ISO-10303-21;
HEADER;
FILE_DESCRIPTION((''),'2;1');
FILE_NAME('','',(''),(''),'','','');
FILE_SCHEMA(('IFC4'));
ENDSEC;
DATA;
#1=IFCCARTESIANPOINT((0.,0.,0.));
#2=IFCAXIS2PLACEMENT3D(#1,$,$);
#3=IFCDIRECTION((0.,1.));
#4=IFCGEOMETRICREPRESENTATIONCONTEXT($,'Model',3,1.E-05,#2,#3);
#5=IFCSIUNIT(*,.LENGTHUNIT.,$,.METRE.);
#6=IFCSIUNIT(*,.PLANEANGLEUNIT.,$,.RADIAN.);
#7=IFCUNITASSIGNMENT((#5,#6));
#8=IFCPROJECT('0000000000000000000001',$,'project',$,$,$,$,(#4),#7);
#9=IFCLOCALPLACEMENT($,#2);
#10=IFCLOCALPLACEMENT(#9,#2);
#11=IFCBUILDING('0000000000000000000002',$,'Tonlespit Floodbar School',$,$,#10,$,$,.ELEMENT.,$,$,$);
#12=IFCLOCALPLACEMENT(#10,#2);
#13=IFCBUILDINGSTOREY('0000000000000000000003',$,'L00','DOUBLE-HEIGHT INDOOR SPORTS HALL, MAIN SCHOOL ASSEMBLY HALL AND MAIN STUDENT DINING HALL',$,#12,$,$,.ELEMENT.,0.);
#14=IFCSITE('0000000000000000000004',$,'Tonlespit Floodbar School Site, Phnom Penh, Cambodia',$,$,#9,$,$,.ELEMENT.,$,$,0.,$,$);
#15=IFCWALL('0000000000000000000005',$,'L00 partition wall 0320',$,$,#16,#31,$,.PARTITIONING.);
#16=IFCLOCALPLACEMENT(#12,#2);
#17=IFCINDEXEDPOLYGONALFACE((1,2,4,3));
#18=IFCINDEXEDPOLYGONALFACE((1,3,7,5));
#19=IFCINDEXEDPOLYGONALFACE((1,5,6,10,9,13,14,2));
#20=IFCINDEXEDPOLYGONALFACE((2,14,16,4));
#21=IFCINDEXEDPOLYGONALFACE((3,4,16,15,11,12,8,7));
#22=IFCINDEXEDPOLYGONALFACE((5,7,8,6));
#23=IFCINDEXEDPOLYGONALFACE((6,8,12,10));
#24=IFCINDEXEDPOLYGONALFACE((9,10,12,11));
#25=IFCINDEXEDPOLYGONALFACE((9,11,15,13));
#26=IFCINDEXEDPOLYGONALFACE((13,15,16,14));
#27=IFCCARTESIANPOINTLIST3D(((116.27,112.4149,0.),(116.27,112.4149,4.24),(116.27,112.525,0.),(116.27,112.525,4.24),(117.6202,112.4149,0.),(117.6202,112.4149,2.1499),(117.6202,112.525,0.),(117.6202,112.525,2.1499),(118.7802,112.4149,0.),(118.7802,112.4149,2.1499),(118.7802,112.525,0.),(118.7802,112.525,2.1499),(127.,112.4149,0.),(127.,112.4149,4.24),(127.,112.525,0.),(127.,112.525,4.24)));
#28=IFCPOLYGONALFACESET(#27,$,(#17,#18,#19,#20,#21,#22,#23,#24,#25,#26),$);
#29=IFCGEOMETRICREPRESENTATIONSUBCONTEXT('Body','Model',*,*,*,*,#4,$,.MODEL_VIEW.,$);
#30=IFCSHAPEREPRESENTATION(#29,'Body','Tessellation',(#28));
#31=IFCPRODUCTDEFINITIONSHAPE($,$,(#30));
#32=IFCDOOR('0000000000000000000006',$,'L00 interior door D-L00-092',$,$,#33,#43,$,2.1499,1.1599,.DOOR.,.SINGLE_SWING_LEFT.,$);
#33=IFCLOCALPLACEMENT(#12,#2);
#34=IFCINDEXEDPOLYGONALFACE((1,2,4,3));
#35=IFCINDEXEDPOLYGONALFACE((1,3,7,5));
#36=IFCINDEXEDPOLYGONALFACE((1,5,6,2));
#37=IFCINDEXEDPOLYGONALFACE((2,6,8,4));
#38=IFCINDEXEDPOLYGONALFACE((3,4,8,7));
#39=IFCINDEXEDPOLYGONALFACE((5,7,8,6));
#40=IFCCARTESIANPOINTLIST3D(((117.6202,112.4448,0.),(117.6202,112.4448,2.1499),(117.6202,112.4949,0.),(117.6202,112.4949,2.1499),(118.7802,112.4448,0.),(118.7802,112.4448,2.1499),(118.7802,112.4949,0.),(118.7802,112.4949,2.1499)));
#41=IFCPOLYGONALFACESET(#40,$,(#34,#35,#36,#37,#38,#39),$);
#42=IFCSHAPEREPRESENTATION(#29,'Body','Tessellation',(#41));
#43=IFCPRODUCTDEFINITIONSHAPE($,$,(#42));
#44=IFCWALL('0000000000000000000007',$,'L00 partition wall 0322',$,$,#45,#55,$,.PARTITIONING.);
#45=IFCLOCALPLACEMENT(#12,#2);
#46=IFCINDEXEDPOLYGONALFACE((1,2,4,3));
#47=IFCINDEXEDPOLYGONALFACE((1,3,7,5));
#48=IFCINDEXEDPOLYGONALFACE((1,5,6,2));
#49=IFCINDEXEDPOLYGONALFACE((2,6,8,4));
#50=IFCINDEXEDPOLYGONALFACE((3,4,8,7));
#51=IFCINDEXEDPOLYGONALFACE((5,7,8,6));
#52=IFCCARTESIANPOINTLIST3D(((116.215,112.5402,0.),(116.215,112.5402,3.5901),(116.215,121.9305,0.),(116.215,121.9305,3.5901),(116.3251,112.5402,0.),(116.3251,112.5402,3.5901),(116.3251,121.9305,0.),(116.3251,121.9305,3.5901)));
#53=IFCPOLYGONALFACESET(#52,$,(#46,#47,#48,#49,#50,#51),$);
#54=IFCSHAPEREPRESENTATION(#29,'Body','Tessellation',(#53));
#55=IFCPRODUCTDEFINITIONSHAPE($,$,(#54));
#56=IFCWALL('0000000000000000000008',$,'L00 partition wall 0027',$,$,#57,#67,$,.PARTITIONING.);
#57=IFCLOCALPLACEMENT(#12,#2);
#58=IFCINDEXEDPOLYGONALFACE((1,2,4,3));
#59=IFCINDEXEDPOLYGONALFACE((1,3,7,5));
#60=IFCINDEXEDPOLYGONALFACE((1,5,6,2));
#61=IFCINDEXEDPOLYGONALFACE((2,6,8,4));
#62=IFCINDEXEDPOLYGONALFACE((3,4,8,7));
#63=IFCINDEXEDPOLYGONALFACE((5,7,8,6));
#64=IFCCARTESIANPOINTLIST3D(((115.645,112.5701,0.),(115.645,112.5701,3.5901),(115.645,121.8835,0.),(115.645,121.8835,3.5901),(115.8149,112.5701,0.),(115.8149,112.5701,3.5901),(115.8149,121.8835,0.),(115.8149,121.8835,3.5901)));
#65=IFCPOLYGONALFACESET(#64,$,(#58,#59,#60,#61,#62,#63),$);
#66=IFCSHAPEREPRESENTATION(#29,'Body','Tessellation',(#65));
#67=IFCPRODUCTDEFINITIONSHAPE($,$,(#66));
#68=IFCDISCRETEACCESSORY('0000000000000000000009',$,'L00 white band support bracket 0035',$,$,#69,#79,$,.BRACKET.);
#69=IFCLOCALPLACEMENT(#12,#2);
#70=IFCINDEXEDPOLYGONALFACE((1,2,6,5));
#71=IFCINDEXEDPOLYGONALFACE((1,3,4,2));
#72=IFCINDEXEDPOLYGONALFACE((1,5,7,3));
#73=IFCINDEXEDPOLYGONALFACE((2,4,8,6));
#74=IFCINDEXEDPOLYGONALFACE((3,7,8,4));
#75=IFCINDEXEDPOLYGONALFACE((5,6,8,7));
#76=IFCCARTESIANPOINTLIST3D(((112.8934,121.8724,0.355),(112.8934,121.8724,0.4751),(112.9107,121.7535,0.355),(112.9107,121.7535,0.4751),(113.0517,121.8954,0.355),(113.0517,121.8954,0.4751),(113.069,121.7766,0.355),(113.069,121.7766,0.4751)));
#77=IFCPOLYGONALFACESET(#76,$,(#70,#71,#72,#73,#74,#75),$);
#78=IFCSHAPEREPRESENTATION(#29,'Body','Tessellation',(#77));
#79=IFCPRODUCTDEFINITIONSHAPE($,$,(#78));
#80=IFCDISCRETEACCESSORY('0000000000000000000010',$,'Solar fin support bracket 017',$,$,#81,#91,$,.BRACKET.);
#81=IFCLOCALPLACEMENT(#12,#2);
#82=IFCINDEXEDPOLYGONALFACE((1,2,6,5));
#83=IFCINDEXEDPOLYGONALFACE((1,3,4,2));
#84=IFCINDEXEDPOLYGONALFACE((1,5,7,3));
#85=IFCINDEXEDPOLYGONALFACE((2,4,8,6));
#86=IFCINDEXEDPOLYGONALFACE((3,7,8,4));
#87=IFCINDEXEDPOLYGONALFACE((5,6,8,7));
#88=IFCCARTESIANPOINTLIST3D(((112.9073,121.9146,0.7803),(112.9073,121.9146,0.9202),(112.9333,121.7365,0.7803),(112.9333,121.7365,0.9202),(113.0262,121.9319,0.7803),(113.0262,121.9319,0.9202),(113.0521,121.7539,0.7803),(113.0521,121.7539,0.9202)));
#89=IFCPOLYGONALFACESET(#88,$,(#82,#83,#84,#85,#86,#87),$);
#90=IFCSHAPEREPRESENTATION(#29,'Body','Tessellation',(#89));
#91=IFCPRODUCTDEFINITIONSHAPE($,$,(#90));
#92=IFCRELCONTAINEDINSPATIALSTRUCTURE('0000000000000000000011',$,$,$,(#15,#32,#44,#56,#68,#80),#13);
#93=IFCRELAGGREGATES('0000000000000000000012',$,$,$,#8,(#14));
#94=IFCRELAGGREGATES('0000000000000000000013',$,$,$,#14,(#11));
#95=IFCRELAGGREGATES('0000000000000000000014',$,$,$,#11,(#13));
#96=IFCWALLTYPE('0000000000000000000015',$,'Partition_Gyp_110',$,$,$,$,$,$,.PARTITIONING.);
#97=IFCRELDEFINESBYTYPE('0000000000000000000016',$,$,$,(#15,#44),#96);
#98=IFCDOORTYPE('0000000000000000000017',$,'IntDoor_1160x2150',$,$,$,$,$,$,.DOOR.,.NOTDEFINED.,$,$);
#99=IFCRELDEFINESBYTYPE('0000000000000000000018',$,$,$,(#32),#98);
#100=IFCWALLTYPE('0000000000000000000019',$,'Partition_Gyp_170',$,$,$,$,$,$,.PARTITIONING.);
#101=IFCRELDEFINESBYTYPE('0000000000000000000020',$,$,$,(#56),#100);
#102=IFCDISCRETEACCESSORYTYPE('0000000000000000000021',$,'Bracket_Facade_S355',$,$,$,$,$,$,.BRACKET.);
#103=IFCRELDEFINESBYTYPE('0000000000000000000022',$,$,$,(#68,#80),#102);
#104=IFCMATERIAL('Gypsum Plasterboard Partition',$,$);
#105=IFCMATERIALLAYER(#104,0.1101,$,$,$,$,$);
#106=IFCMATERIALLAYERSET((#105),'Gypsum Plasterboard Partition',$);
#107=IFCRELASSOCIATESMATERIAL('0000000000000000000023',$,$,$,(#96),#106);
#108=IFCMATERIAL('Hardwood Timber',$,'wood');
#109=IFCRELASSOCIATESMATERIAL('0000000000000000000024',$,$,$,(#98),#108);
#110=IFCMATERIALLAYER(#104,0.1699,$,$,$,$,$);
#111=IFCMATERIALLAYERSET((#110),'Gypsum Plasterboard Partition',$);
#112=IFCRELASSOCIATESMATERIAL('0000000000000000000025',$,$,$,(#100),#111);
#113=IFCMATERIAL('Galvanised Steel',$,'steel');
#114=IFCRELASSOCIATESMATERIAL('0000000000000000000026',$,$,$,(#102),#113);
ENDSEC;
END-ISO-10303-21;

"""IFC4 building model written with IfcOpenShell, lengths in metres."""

from ifc_helpers import new_model, si_unit, direction, frame, frame_2d, origin, origin_2d, place, context, subcontext, project, spatial, rectangle, extrude, material, layer, layer_set, type_object, element, fill, save


model = new_model("IFC4")

# Units and contexts
model_context = context("Model", 3, precision=1e-05, world=origin(), true_north=direction((0.0, 1.0)))
body_context = subcontext(model_context, "Body", "Model", "MODEL_VIEW")
ifc_project = project(units=[si_unit("LENGTHUNIT", "METRE"), si_unit("PLANEANGLEUNIT", "RADIAN")], contexts=[model_context])

# Site, building, storey
site_placement = place(None, origin())
site = spatial("IfcSite", under=ifc_project, at=site_placement, Name="Tonlespit Floodbar School Site, Phnom Penh, Cambodia", CompositionType="ELEMENT", RefElevation=0.0)
building_placement = place(site_placement, origin())
building = spatial("IfcBuilding", under=site, at=building_placement, Name="Tonlespit Floodbar School", CompositionType="ELEMENT")
storey_placement = place(building_placement, origin())
storey = spatial("IfcBuildingStorey", under=building, at=storey_placement, Name="L00", Description="DOUBLE-HEIGHT INDOOR SPORTS HALL, MAIN SCHOOL ASSEMBLY HALL AND MAIN STUDENT DINING HALL", CompositionType="ELEMENT", Elevation=0.0)

# Wall, opening, door
ifc_material_1 = material(Name="Gypsum Plasterboard Partition")
ifc_layer_1 = layer(ifc_material_1, 0.1101)
ifc_layer_set_1 = layer_set([ifc_layer_1], Name="Gypsum Plasterboard Partition")
wall_type_1 = type_object("IfcWallType", Name="Partition_Gyp_110", PredefinedType="PARTITIONING", material=ifc_layer_set_1)
wall_1_placement = place(storey_placement, frame((116.27, 112.47, 0.0), z_axis=(0.0, 0.0, 1.0), x_axis=(1.0, 0.0, 0.0)))
wall_1 = element("IfcWall", 1, at=wall_1_placement, inside=storey, type_object=wall_type_1, Name="L00 partition wall 0320", PredefinedType="PARTITIONING", context=body_context, shape_type="SweptSolid", body=[
    extrude(rectangle(XDim=10.73, YDim=0.1101, at=frame_2d((5.365, 0.0))), origin(), (0.0, 0.0, 1.0), 4.24),
])
opening_placement = place(wall_1_placement, frame((1.3501, 0.0, 0.0)))
opening = element("IfcOpeningElement", 2, at=opening_placement, cuts=wall_1, PredefinedType="OPENING", context=body_context, shape_type="SweptSolid", body=[
    extrude(rectangle(XDim=1.1599, YDim=2.1499, at=frame_2d((0.5801, 1.075))), frame((0.0, 0.0649, 0.0), z_axis=(0.0, -1.0, 0.0), x_axis=(1.0, 0.0, 0.0)), (0.0, 0.0, 1.0), 0.1301),
])
ifc_material_2 = material(Name="Hardwood Timber", Category="wood")
door_type = type_object("IfcDoorType", Name="IntDoor_1160x2150", OperationType="NOTDEFINED", PredefinedType="DOOR", material=ifc_material_2)
door_placement = place(opening_placement, origin())
door = element("IfcDoor", 3, at=door_placement, inside=storey, type_object=door_type, Name="L00 interior door D-L00-092", OperationType="SINGLE_SWING_LEFT", OverallHeight=2.1499, OverallWidth=1.1599, PredefinedType="DOOR", context=body_context, shape_type="SweptSolid", body=[
    extrude(rectangle(XDim=1.1599, YDim=2.1499, at=frame_2d((0.5801, 1.075))), frame((0.0, 0.0249, 0.0), z_axis=(0.0, -1.0, 0.0), x_axis=(1.0, 0.0, 0.0)), (0.0, 0.0, 1.0), 0.05),
])
fill(opening, door)

# Walls
wall_2_placement = place(storey_placement, frame((116.27, 112.54, 0.0), z_axis=(0.0, 0.0, 1.0), x_axis=(0.0, 1.0, 0.0)))
element("IfcWall", 4, at=wall_2_placement, inside=storey, type_object=wall_type_1, Name="L00 partition wall 0322", PredefinedType="PARTITIONING", context=body_context, shape_type="SweptSolid", body=[
    extrude(rectangle(XDim=9.3904, YDim=0.1101, at=frame_2d((4.6953, 0.0))), origin(), (0.0, 0.0, 1.0), 3.5901),
])
ifc_layer_2 = layer(ifc_material_1, 0.1699)
ifc_layer_set_2 = layer_set([ifc_layer_2], Name="Gypsum Plasterboard Partition")
wall_type_2 = type_object("IfcWallType", Name="Partition_Gyp_170", PredefinedType="PARTITIONING", material=ifc_layer_set_2)
wall_3_placement = place(storey_placement, frame((115.73, 112.5701, 0.0), z_axis=(0.0, 0.0, 1.0), x_axis=(0.0, 1.0, 0.0)))
element("IfcWall", 5, at=wall_3_placement, inside=storey, type_object=wall_type_2, Name="L00 partition wall 0027", PredefinedType="PARTITIONING", context=body_context, shape_type="SweptSolid", body=[
    extrude(rectangle(XDim=9.3135, YDim=0.1699, at=frame_2d((4.6567, 0.0))), origin(), (0.0, 0.0, 1.0), 3.5901),
])

# Discrete accessories
ifc_material_3 = material(Name="Galvanised Steel", Category="steel")
discrete_accessory_type = type_object("IfcDiscreteAccessoryType", Name="Bracket_Facade_S355", PredefinedType="BRACKET", material=ifc_material_3)
discrete_accessory_1_placement = place(storey_placement, frame((112.9812, 121.8245, 0.355), z_axis=(0.0, 0.0, 1.0), x_axis=(0.989538, 0.144275, 0.0)))
element("IfcDiscreteAccessory", 6, at=discrete_accessory_1_placement, inside=storey, type_object=discrete_accessory_type, Name="L00 white band support bracket 0035", PredefinedType="BRACKET", context=body_context, shape_type="SweptSolid", body=[
    extrude(rectangle(XDim=0.1599, YDim=0.1201, at=origin_2d()), origin(), (0.0, 0.0, 1.0), 0.1201),
])
discrete_accessory_2_placement = place(storey_placement, frame((112.9797, 121.8342, 0.7803), z_axis=(0.0, 0.0, 1.0), x_axis=(0.989538, 0.144275, 0.0)))
element("IfcDiscreteAccessory", 7, at=discrete_accessory_2_placement, inside=storey, type_object=discrete_accessory_type, Name="Solar fin support bracket 017", PredefinedType="BRACKET", context=body_context, shape_type="SweptSolid", body=[
    extrude(rectangle(XDim=0.1201, YDim=0.1799, at=origin_2d()), origin(), (0.0, 0.0, 1.0), 0.1399),
])

save(model, "model.ifc")
